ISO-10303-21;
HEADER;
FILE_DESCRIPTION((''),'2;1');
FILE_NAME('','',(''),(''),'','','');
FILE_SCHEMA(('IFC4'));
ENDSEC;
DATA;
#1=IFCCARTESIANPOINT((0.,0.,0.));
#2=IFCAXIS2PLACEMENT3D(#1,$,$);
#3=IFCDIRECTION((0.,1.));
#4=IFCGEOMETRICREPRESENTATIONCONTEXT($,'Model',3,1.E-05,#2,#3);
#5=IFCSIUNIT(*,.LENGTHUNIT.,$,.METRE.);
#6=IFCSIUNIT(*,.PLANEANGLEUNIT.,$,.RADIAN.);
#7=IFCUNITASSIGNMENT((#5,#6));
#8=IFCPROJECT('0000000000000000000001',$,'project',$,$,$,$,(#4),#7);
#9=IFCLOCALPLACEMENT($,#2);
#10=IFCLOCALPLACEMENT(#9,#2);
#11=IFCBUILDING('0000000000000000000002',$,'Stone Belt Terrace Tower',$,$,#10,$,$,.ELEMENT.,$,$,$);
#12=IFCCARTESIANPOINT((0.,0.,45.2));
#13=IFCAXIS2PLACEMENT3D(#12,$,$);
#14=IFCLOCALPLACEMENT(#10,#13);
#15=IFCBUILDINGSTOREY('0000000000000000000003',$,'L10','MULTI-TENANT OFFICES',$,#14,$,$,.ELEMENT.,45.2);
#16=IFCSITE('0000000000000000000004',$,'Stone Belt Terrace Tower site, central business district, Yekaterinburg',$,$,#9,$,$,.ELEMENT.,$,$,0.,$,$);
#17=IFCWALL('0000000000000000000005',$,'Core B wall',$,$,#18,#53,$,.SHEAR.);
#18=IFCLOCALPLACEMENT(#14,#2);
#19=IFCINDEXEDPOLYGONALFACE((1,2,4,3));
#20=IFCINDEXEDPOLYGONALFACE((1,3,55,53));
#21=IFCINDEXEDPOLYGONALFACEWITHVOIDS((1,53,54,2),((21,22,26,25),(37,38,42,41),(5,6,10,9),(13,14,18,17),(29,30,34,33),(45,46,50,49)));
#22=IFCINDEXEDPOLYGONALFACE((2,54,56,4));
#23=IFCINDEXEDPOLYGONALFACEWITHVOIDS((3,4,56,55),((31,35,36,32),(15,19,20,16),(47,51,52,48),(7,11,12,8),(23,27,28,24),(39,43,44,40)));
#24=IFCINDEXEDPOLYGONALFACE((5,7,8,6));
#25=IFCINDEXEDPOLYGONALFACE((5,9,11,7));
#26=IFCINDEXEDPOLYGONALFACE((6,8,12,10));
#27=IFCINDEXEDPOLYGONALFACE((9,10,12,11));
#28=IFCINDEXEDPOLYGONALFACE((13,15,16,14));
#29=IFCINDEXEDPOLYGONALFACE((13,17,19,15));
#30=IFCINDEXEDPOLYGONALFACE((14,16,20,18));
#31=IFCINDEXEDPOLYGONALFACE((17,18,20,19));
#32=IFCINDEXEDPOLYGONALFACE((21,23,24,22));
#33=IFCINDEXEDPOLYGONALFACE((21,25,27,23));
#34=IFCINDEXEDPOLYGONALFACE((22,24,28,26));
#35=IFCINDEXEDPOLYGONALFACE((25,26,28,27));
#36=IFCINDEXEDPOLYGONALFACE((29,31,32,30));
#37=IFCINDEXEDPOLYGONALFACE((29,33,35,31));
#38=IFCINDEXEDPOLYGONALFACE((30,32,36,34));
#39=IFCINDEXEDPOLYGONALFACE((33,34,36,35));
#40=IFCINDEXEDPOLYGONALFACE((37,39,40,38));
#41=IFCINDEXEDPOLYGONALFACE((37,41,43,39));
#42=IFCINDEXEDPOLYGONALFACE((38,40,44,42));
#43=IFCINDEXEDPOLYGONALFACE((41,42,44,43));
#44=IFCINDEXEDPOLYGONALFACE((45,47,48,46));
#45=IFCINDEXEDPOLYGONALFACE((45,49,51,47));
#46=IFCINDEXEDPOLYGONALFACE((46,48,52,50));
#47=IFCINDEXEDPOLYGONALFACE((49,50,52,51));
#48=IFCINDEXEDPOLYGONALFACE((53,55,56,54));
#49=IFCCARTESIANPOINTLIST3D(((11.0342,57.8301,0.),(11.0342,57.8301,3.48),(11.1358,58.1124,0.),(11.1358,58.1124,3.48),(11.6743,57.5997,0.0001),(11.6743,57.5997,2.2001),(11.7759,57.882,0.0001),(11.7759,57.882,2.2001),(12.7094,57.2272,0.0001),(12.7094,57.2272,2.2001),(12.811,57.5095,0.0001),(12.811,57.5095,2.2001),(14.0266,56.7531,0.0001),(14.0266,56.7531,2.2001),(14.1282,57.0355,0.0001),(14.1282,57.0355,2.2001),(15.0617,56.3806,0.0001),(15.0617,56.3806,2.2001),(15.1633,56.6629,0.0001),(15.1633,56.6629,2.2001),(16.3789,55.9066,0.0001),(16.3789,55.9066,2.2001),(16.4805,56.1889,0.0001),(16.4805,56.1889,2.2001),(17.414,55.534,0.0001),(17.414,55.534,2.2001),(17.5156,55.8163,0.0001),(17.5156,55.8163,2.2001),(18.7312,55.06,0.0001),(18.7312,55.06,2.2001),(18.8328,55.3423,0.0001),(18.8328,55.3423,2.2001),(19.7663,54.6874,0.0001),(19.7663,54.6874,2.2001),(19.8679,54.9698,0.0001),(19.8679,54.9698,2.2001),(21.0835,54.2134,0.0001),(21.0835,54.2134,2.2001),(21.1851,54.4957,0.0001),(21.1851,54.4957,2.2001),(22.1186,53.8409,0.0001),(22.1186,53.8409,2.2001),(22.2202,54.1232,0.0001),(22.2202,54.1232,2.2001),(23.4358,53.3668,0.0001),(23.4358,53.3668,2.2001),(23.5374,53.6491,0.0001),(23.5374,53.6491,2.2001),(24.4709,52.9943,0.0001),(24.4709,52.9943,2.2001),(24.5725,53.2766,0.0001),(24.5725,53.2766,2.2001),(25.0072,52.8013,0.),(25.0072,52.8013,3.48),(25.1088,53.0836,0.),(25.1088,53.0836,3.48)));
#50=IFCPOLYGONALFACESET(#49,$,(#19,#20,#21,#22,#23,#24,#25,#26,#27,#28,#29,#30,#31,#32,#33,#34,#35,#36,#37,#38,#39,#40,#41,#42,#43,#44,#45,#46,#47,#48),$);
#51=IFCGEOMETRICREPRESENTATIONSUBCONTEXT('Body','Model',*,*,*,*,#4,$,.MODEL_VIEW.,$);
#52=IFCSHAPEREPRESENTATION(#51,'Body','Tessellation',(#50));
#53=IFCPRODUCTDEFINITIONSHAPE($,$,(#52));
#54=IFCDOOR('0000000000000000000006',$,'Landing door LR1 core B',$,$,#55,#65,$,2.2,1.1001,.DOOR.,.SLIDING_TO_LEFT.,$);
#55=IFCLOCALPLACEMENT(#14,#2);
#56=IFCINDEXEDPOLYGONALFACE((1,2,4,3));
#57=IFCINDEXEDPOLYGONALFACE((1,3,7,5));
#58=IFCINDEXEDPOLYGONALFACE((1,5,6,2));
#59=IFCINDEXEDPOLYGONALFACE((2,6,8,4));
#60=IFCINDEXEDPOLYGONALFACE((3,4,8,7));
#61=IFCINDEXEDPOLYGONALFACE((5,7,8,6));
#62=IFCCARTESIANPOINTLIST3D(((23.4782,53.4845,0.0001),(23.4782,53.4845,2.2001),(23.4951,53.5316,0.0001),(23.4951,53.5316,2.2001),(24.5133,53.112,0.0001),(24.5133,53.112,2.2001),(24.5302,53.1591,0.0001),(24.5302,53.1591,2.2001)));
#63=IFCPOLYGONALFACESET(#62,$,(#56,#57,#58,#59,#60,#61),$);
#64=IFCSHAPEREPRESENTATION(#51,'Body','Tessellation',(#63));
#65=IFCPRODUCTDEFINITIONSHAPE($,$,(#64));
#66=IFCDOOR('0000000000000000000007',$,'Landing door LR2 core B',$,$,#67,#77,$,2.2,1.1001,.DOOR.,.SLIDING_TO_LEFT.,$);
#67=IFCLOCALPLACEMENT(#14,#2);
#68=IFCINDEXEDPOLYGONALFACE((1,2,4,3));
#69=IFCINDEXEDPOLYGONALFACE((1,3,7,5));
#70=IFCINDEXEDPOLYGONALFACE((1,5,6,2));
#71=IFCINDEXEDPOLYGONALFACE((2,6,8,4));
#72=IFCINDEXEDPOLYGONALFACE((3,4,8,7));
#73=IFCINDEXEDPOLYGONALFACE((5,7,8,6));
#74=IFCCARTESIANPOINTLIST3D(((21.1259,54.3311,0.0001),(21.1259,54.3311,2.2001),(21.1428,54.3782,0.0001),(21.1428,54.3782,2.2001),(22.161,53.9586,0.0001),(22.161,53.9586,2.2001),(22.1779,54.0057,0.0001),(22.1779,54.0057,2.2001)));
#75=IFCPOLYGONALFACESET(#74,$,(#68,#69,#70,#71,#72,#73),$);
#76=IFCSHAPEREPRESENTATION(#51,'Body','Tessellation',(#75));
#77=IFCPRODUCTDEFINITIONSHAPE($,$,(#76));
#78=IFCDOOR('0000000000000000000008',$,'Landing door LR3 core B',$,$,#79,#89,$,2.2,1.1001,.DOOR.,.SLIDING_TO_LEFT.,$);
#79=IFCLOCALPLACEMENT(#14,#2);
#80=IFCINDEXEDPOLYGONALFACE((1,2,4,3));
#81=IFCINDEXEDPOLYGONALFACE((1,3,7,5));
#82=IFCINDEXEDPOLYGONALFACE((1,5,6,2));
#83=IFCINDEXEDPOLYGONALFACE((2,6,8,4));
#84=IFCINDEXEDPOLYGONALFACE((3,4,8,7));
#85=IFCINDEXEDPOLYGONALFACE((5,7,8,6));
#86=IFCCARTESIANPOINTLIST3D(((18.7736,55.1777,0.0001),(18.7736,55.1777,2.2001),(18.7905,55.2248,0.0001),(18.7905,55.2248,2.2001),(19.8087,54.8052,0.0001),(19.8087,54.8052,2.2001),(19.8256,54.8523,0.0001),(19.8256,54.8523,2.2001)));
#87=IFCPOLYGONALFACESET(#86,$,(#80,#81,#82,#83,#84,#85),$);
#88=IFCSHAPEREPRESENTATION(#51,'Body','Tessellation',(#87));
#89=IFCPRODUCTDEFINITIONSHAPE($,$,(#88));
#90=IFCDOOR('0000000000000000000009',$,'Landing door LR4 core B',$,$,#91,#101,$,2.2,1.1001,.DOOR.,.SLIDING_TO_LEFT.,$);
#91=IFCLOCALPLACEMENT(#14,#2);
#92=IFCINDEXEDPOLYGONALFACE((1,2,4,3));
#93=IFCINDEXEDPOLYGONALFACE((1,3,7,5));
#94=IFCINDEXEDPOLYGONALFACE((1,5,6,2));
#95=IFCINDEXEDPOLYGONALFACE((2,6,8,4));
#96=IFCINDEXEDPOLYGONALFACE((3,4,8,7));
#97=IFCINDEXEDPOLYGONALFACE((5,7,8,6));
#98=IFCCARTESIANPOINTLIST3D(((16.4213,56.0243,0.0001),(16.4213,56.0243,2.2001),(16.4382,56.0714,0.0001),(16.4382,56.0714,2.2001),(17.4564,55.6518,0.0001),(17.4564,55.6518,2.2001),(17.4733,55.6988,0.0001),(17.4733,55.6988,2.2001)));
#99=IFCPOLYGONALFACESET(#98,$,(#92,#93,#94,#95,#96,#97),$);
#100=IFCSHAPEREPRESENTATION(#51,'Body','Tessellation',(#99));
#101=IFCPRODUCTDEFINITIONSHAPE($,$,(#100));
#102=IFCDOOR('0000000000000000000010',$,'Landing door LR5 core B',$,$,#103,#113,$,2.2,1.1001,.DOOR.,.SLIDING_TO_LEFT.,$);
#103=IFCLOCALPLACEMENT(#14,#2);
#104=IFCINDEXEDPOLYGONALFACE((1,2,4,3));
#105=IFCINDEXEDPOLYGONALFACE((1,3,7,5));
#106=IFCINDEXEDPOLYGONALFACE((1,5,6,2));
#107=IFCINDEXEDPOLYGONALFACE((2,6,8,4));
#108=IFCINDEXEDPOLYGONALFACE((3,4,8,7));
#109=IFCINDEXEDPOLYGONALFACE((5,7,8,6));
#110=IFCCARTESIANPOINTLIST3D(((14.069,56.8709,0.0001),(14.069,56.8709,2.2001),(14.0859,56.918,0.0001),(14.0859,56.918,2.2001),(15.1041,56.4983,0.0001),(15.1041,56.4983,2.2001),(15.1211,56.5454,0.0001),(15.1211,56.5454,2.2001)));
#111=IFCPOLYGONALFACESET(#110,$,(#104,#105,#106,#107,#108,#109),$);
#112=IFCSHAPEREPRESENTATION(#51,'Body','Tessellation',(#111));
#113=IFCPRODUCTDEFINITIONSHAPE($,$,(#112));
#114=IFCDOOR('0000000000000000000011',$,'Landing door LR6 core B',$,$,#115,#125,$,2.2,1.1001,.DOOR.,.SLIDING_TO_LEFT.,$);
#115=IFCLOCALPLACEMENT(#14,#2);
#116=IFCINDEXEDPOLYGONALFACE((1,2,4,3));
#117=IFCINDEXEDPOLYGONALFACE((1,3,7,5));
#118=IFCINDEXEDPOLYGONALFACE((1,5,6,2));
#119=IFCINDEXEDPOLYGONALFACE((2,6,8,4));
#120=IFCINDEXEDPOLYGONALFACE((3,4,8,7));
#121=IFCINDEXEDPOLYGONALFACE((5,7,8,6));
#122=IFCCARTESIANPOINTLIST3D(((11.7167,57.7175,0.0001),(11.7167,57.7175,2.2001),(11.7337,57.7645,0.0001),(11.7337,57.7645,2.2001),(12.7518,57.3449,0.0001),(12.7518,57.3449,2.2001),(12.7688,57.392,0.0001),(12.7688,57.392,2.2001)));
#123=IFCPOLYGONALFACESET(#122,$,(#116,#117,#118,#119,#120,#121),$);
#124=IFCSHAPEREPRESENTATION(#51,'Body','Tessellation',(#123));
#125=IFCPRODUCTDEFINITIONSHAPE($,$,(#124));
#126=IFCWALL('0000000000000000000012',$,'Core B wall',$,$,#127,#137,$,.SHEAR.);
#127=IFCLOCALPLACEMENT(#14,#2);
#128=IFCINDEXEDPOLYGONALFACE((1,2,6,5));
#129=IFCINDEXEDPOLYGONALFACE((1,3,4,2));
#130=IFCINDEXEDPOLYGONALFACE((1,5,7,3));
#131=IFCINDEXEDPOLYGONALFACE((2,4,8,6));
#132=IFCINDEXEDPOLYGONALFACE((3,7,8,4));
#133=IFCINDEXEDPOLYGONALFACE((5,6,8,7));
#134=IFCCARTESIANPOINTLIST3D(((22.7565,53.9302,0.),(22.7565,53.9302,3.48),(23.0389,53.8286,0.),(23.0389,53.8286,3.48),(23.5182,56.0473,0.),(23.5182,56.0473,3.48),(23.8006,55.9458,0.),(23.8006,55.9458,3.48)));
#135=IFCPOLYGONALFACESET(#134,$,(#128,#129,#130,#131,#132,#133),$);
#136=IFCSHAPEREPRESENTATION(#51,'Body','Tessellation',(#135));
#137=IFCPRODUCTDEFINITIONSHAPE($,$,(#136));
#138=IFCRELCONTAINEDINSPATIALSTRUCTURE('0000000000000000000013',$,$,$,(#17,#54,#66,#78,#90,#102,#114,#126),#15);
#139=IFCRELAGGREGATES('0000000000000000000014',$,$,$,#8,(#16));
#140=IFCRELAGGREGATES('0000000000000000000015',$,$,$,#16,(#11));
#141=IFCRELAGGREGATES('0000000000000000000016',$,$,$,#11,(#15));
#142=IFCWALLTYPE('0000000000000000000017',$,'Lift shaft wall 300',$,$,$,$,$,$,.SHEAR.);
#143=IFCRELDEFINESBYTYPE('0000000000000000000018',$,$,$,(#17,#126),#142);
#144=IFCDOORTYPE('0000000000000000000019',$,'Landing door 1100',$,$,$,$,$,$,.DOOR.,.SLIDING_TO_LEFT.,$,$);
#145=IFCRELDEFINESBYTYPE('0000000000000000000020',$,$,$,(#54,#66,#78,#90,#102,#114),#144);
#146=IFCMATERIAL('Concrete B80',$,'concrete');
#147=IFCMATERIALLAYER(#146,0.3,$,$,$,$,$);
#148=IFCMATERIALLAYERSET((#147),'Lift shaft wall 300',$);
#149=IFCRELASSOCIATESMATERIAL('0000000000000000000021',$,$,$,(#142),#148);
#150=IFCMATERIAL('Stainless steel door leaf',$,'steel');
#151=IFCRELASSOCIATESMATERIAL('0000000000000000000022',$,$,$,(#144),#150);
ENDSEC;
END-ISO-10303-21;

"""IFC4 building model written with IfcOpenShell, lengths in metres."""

from ifc_helpers import new_model, si_unit, direction, frame, frame_2d, origin, place, context, subcontext, project, spatial, rectangle, extrude, material, layer, layer_set, type_object, element, fill, save


model = new_model("IFC4")

# Units and contexts
model_context = context("Model", 3, precision=1e-05, world=origin(), true_north=direction((0.0, 1.0)))
body_context = subcontext(model_context, "Body", "Model", "MODEL_VIEW")
ifc_project = project(units=[si_unit("LENGTHUNIT", "METRE"), si_unit("PLANEANGLEUNIT", "RADIAN")], contexts=[model_context])

# Site, building, storey
site_placement = place(None, origin())
site = spatial("IfcSite", under=ifc_project, at=site_placement, Name="Stone Belt Terrace Tower site, central business district, Yekaterinburg", CompositionType="ELEMENT", RefElevation=0.0)
building_placement = place(site_placement, origin())
building = spatial("IfcBuilding", under=site, at=building_placement, Name="Stone Belt Terrace Tower", CompositionType="ELEMENT")
storey_placement = place(building_placement, frame((0.0, 0.0, 45.2)))
storey = spatial("IfcBuildingStorey", under=building, at=storey_placement, Name="L10", Description="MULTI-TENANT OFFICES", CompositionType="ELEMENT", Elevation=45.2)

# Shared definitions
ifc_material_1 = material(Name="Concrete B80", Category="concrete")

# Shared definitions
ifc_layer_1 = layer(ifc_material_1, 0.3)
ifc_layer_set_1 = layer_set([ifc_layer_1], Name="Lift shaft wall 300")
wall_type_1 = type_object("IfcWallType", Name="Lift shaft wall 300", PredefinedType="SHEAR", material=ifc_layer_set_1)
ifc_material_2 = material(Name="Stainless steel door leaf", Category="steel")

# Wall, openings, doors
wall_1_placement = place(storey_placement, frame((25.0581, 52.9424, 0.0), z_axis=(0.0, 0.0, 1.0), x_axis=(-0.940918, 0.338634, 0.0)))
wall_1 = element("IfcWall", 1, at=wall_1_placement, inside=storey, type_object=wall_type_1, Name="Core B wall", PredefinedType="SHEAR", context=body_context, shape_type="SweptSolid", body=[
    extrude(rectangle(XDim=14.8503, YDim=0.3, at=frame_2d((7.4253, 0.0))), origin(), (0.0, 0.0, 1.0), 3.48),
])
opening_1_placement = place(wall_1_placement, frame((0.5701, 0.0, 0.0)))
opening_1 = element("IfcOpeningElement", 2, at=opening_1_placement, cuts=wall_1, PredefinedType="OPENING", context=body_context, shape_type="SweptSolid", body=[
    extrude(rectangle(XDim=1.1001, YDim=2.2, at=frame_2d((0.55, 1.1001))), frame((0.0, 0.1599, 0.0), z_axis=(0.0, -1.0, 0.0), x_axis=(1.0, 0.0, 0.0)), (0.0, 0.0, 1.0), 0.3201),
])
opening_2_placement = place(wall_1_placement, frame((3.0701, 0.0, 0.0)))
opening_2 = element("IfcOpeningElement", 3, at=opening_2_placement, cuts=wall_1, PredefinedType="OPENING", context=body_context, shape_type="SweptSolid", body=[
    extrude(rectangle(XDim=1.1001, YDim=2.2, at=frame_2d((0.55, 1.1001))), frame((0.0, 0.1599, 0.0), z_axis=(0.0, -1.0, 0.0), x_axis=(1.0, 0.0, 0.0)), (0.0, 0.0, 1.0), 0.3201),
])
opening_3_placement = place(wall_1_placement, frame((5.5701, 0.0, 0.0)))
opening_3 = element("IfcOpeningElement", 4, at=opening_3_placement, cuts=wall_1, PredefinedType="OPENING", context=body_context, shape_type="SweptSolid", body=[
    extrude(rectangle(XDim=1.1001, YDim=2.2, at=frame_2d((0.55, 1.1001))), frame((0.0, 0.1599, 0.0), z_axis=(0.0, -1.0, 0.0), x_axis=(1.0, 0.0, 0.0)), (0.0, 0.0, 1.0), 0.3201),
])
opening_4_placement = place(wall_1_placement, frame((8.0701, 0.0, 0.0)))
opening_4 = element("IfcOpeningElement", 5, at=opening_4_placement, cuts=wall_1, PredefinedType="OPENING", context=body_context, shape_type="SweptSolid", body=[
    extrude(rectangle(XDim=1.1001, YDim=2.2, at=frame_2d((0.55, 1.1001))), frame((0.0, 0.1599, 0.0), z_axis=(0.0, -1.0, 0.0), x_axis=(1.0, 0.0, 0.0)), (0.0, 0.0, 1.0), 0.3201),
])
opening_5_placement = place(wall_1_placement, frame((10.5701, 0.0, 0.0)))
opening_5 = element("IfcOpeningElement", 6, at=opening_5_placement, cuts=wall_1, PredefinedType="OPENING", context=body_context, shape_type="SweptSolid", body=[
    extrude(rectangle(XDim=1.1001, YDim=2.2, at=frame_2d((0.55, 1.1001))), frame((0.0, 0.1599, 0.0), z_axis=(0.0, -1.0, 0.0), x_axis=(1.0, 0.0, 0.0)), (0.0, 0.0, 1.0), 0.3201),
])
opening_6_placement = place(wall_1_placement, frame((13.0701, 0.0, 0.0)))
opening_6 = element("IfcOpeningElement", 7, at=opening_6_placement, cuts=wall_1, PredefinedType="OPENING", context=body_context, shape_type="SweptSolid", body=[
    extrude(rectangle(XDim=1.1001, YDim=2.2, at=frame_2d((0.55, 1.1001))), frame((0.0, 0.1599, 0.0), z_axis=(0.0, -1.0, 0.0), x_axis=(1.0, 0.0, 0.0)), (0.0, 0.0, 1.0), 0.3201),
])
door_type_1 = type_object("IfcDoorType", Name="Landing door 1100", OperationType="SLIDING_TO_LEFT", PredefinedType="DOOR", material=ifc_material_2)
door_1_placement = place(opening_1_placement, origin())
door_1 = element("IfcDoor", 8, at=door_1_placement, inside=storey, type_object=door_type_1, Name="Landing door LR1 core B", OperationType="SLIDING_TO_LEFT", OverallHeight=2.2, OverallWidth=1.1001, PredefinedType="DOOR", context=body_context, shape_type="SweptSolid", body=[
    extrude(rectangle(XDim=1.1001, YDim=2.2, at=frame_2d((0.55, 1.1001))), frame((0.0, 0.0249, 0.0), z_axis=(0.0, -1.0, 0.0), x_axis=(1.0, 0.0, 0.0)), (0.0, 0.0, 1.0), 0.05),
])
fill(opening_1, door_1)
door_2_placement = place(opening_2_placement, origin())
door_2 = element("IfcDoor", 9, at=door_2_placement, inside=storey, type_object=door_type_1, Name="Landing door LR2 core B", OperationType="SLIDING_TO_LEFT", OverallHeight=2.2, OverallWidth=1.1001, PredefinedType="DOOR", context=body_context, shape_type="SweptSolid", body=[
    extrude(rectangle(XDim=1.1001, YDim=2.2, at=frame_2d((0.55, 1.1001))), frame((0.0, 0.0249, 0.0), z_axis=(0.0, -1.0, 0.0), x_axis=(1.0, 0.0, 0.0)), (0.0, 0.0, 1.0), 0.05),
])
fill(opening_2, door_2)
door_3_placement = place(opening_3_placement, origin())
door_3 = element("IfcDoor", 10, at=door_3_placement, inside=storey, type_object=door_type_1, Name="Landing door LR3 core B", OperationType="SLIDING_TO_LEFT", OverallHeight=2.2, OverallWidth=1.1001, PredefinedType="DOOR", context=body_context, shape_type="SweptSolid", body=[
    extrude(rectangle(XDim=1.1001, YDim=2.2, at=frame_2d((0.55, 1.1001))), frame((0.0, 0.0249, 0.0), z_axis=(0.0, -1.0, 0.0), x_axis=(1.0, 0.0, 0.0)), (0.0, 0.0, 1.0), 0.05),
])
fill(opening_3, door_3)
door_4_placement = place(opening_4_placement, origin())
door_4 = element("IfcDoor", 11, at=door_4_placement, inside=storey, type_object=door_type_1, Name="Landing door LR4 core B", OperationType="SLIDING_TO_LEFT", OverallHeight=2.2, OverallWidth=1.1001, PredefinedType="DOOR", context=body_context, shape_type="SweptSolid", body=[
    extrude(rectangle(XDim=1.1001, YDim=2.2, at=frame_2d((0.55, 1.1001))), frame((0.0, 0.0249, 0.0), z_axis=(0.0, -1.0, 0.0), x_axis=(1.0, 0.0, 0.0)), (0.0, 0.0, 1.0), 0.05),
])
fill(opening_4, door_4)
door_5_placement = place(opening_5_placement, origin())
door_5 = element("IfcDoor", 12, at=door_5_placement, inside=storey, type_object=door_type_1, Name="Landing door LR5 core B", OperationType="SLIDING_TO_LEFT", OverallHeight=2.2, OverallWidth=1.1001, PredefinedType="DOOR", context=body_context, shape_type="SweptSolid", body=[
    extrude(rectangle(XDim=1.1001, YDim=2.2, at=frame_2d((0.55, 1.1001))), frame((0.0, 0.0249, 0.0), z_axis=(0.0, -1.0, 0.0), x_axis=(1.0, 0.0, 0.0)), (0.0, 0.0, 1.0), 0.05),
])
fill(opening_5, door_5)
door_6_placement = place(opening_6_placement, origin())
door_6 = element("IfcDoor", 13, at=door_6_placement, inside=storey, type_object=door_type_1, Name="Landing door LR6 core B", OperationType="SLIDING_TO_LEFT", OverallHeight=2.2, OverallWidth=1.1001, PredefinedType="DOOR", context=body_context, shape_type="SweptSolid", body=[
    extrude(rectangle(XDim=1.1001, YDim=2.2, at=frame_2d((0.55, 1.1001))), frame((0.0, 0.0249, 0.0), z_axis=(0.0, -1.0, 0.0), x_axis=(1.0, 0.0, 0.0)), (0.0, 0.0, 1.0), 0.05),
])
fill(opening_6, door_6)

# Wall
wall_2_placement = place(storey_placement, frame((22.8977, 53.8794, 0.0), z_axis=(0.0, 0.0, 1.0), x_axis=(0.338535, 0.940954, 0.0)))
element("IfcWall", 14, at=wall_2_placement, inside=storey, type_object=wall_type_1, Name="Core B wall", PredefinedType="SHEAR", context=body_context, shape_type="SweptSolid", body=[
    extrude(rectangle(XDim=2.25, YDim=0.3, at=frame_2d((1.125, 0.0))), origin(), (0.0, 0.0, 1.0), 3.48),
])

save(model, "model.ifc")
